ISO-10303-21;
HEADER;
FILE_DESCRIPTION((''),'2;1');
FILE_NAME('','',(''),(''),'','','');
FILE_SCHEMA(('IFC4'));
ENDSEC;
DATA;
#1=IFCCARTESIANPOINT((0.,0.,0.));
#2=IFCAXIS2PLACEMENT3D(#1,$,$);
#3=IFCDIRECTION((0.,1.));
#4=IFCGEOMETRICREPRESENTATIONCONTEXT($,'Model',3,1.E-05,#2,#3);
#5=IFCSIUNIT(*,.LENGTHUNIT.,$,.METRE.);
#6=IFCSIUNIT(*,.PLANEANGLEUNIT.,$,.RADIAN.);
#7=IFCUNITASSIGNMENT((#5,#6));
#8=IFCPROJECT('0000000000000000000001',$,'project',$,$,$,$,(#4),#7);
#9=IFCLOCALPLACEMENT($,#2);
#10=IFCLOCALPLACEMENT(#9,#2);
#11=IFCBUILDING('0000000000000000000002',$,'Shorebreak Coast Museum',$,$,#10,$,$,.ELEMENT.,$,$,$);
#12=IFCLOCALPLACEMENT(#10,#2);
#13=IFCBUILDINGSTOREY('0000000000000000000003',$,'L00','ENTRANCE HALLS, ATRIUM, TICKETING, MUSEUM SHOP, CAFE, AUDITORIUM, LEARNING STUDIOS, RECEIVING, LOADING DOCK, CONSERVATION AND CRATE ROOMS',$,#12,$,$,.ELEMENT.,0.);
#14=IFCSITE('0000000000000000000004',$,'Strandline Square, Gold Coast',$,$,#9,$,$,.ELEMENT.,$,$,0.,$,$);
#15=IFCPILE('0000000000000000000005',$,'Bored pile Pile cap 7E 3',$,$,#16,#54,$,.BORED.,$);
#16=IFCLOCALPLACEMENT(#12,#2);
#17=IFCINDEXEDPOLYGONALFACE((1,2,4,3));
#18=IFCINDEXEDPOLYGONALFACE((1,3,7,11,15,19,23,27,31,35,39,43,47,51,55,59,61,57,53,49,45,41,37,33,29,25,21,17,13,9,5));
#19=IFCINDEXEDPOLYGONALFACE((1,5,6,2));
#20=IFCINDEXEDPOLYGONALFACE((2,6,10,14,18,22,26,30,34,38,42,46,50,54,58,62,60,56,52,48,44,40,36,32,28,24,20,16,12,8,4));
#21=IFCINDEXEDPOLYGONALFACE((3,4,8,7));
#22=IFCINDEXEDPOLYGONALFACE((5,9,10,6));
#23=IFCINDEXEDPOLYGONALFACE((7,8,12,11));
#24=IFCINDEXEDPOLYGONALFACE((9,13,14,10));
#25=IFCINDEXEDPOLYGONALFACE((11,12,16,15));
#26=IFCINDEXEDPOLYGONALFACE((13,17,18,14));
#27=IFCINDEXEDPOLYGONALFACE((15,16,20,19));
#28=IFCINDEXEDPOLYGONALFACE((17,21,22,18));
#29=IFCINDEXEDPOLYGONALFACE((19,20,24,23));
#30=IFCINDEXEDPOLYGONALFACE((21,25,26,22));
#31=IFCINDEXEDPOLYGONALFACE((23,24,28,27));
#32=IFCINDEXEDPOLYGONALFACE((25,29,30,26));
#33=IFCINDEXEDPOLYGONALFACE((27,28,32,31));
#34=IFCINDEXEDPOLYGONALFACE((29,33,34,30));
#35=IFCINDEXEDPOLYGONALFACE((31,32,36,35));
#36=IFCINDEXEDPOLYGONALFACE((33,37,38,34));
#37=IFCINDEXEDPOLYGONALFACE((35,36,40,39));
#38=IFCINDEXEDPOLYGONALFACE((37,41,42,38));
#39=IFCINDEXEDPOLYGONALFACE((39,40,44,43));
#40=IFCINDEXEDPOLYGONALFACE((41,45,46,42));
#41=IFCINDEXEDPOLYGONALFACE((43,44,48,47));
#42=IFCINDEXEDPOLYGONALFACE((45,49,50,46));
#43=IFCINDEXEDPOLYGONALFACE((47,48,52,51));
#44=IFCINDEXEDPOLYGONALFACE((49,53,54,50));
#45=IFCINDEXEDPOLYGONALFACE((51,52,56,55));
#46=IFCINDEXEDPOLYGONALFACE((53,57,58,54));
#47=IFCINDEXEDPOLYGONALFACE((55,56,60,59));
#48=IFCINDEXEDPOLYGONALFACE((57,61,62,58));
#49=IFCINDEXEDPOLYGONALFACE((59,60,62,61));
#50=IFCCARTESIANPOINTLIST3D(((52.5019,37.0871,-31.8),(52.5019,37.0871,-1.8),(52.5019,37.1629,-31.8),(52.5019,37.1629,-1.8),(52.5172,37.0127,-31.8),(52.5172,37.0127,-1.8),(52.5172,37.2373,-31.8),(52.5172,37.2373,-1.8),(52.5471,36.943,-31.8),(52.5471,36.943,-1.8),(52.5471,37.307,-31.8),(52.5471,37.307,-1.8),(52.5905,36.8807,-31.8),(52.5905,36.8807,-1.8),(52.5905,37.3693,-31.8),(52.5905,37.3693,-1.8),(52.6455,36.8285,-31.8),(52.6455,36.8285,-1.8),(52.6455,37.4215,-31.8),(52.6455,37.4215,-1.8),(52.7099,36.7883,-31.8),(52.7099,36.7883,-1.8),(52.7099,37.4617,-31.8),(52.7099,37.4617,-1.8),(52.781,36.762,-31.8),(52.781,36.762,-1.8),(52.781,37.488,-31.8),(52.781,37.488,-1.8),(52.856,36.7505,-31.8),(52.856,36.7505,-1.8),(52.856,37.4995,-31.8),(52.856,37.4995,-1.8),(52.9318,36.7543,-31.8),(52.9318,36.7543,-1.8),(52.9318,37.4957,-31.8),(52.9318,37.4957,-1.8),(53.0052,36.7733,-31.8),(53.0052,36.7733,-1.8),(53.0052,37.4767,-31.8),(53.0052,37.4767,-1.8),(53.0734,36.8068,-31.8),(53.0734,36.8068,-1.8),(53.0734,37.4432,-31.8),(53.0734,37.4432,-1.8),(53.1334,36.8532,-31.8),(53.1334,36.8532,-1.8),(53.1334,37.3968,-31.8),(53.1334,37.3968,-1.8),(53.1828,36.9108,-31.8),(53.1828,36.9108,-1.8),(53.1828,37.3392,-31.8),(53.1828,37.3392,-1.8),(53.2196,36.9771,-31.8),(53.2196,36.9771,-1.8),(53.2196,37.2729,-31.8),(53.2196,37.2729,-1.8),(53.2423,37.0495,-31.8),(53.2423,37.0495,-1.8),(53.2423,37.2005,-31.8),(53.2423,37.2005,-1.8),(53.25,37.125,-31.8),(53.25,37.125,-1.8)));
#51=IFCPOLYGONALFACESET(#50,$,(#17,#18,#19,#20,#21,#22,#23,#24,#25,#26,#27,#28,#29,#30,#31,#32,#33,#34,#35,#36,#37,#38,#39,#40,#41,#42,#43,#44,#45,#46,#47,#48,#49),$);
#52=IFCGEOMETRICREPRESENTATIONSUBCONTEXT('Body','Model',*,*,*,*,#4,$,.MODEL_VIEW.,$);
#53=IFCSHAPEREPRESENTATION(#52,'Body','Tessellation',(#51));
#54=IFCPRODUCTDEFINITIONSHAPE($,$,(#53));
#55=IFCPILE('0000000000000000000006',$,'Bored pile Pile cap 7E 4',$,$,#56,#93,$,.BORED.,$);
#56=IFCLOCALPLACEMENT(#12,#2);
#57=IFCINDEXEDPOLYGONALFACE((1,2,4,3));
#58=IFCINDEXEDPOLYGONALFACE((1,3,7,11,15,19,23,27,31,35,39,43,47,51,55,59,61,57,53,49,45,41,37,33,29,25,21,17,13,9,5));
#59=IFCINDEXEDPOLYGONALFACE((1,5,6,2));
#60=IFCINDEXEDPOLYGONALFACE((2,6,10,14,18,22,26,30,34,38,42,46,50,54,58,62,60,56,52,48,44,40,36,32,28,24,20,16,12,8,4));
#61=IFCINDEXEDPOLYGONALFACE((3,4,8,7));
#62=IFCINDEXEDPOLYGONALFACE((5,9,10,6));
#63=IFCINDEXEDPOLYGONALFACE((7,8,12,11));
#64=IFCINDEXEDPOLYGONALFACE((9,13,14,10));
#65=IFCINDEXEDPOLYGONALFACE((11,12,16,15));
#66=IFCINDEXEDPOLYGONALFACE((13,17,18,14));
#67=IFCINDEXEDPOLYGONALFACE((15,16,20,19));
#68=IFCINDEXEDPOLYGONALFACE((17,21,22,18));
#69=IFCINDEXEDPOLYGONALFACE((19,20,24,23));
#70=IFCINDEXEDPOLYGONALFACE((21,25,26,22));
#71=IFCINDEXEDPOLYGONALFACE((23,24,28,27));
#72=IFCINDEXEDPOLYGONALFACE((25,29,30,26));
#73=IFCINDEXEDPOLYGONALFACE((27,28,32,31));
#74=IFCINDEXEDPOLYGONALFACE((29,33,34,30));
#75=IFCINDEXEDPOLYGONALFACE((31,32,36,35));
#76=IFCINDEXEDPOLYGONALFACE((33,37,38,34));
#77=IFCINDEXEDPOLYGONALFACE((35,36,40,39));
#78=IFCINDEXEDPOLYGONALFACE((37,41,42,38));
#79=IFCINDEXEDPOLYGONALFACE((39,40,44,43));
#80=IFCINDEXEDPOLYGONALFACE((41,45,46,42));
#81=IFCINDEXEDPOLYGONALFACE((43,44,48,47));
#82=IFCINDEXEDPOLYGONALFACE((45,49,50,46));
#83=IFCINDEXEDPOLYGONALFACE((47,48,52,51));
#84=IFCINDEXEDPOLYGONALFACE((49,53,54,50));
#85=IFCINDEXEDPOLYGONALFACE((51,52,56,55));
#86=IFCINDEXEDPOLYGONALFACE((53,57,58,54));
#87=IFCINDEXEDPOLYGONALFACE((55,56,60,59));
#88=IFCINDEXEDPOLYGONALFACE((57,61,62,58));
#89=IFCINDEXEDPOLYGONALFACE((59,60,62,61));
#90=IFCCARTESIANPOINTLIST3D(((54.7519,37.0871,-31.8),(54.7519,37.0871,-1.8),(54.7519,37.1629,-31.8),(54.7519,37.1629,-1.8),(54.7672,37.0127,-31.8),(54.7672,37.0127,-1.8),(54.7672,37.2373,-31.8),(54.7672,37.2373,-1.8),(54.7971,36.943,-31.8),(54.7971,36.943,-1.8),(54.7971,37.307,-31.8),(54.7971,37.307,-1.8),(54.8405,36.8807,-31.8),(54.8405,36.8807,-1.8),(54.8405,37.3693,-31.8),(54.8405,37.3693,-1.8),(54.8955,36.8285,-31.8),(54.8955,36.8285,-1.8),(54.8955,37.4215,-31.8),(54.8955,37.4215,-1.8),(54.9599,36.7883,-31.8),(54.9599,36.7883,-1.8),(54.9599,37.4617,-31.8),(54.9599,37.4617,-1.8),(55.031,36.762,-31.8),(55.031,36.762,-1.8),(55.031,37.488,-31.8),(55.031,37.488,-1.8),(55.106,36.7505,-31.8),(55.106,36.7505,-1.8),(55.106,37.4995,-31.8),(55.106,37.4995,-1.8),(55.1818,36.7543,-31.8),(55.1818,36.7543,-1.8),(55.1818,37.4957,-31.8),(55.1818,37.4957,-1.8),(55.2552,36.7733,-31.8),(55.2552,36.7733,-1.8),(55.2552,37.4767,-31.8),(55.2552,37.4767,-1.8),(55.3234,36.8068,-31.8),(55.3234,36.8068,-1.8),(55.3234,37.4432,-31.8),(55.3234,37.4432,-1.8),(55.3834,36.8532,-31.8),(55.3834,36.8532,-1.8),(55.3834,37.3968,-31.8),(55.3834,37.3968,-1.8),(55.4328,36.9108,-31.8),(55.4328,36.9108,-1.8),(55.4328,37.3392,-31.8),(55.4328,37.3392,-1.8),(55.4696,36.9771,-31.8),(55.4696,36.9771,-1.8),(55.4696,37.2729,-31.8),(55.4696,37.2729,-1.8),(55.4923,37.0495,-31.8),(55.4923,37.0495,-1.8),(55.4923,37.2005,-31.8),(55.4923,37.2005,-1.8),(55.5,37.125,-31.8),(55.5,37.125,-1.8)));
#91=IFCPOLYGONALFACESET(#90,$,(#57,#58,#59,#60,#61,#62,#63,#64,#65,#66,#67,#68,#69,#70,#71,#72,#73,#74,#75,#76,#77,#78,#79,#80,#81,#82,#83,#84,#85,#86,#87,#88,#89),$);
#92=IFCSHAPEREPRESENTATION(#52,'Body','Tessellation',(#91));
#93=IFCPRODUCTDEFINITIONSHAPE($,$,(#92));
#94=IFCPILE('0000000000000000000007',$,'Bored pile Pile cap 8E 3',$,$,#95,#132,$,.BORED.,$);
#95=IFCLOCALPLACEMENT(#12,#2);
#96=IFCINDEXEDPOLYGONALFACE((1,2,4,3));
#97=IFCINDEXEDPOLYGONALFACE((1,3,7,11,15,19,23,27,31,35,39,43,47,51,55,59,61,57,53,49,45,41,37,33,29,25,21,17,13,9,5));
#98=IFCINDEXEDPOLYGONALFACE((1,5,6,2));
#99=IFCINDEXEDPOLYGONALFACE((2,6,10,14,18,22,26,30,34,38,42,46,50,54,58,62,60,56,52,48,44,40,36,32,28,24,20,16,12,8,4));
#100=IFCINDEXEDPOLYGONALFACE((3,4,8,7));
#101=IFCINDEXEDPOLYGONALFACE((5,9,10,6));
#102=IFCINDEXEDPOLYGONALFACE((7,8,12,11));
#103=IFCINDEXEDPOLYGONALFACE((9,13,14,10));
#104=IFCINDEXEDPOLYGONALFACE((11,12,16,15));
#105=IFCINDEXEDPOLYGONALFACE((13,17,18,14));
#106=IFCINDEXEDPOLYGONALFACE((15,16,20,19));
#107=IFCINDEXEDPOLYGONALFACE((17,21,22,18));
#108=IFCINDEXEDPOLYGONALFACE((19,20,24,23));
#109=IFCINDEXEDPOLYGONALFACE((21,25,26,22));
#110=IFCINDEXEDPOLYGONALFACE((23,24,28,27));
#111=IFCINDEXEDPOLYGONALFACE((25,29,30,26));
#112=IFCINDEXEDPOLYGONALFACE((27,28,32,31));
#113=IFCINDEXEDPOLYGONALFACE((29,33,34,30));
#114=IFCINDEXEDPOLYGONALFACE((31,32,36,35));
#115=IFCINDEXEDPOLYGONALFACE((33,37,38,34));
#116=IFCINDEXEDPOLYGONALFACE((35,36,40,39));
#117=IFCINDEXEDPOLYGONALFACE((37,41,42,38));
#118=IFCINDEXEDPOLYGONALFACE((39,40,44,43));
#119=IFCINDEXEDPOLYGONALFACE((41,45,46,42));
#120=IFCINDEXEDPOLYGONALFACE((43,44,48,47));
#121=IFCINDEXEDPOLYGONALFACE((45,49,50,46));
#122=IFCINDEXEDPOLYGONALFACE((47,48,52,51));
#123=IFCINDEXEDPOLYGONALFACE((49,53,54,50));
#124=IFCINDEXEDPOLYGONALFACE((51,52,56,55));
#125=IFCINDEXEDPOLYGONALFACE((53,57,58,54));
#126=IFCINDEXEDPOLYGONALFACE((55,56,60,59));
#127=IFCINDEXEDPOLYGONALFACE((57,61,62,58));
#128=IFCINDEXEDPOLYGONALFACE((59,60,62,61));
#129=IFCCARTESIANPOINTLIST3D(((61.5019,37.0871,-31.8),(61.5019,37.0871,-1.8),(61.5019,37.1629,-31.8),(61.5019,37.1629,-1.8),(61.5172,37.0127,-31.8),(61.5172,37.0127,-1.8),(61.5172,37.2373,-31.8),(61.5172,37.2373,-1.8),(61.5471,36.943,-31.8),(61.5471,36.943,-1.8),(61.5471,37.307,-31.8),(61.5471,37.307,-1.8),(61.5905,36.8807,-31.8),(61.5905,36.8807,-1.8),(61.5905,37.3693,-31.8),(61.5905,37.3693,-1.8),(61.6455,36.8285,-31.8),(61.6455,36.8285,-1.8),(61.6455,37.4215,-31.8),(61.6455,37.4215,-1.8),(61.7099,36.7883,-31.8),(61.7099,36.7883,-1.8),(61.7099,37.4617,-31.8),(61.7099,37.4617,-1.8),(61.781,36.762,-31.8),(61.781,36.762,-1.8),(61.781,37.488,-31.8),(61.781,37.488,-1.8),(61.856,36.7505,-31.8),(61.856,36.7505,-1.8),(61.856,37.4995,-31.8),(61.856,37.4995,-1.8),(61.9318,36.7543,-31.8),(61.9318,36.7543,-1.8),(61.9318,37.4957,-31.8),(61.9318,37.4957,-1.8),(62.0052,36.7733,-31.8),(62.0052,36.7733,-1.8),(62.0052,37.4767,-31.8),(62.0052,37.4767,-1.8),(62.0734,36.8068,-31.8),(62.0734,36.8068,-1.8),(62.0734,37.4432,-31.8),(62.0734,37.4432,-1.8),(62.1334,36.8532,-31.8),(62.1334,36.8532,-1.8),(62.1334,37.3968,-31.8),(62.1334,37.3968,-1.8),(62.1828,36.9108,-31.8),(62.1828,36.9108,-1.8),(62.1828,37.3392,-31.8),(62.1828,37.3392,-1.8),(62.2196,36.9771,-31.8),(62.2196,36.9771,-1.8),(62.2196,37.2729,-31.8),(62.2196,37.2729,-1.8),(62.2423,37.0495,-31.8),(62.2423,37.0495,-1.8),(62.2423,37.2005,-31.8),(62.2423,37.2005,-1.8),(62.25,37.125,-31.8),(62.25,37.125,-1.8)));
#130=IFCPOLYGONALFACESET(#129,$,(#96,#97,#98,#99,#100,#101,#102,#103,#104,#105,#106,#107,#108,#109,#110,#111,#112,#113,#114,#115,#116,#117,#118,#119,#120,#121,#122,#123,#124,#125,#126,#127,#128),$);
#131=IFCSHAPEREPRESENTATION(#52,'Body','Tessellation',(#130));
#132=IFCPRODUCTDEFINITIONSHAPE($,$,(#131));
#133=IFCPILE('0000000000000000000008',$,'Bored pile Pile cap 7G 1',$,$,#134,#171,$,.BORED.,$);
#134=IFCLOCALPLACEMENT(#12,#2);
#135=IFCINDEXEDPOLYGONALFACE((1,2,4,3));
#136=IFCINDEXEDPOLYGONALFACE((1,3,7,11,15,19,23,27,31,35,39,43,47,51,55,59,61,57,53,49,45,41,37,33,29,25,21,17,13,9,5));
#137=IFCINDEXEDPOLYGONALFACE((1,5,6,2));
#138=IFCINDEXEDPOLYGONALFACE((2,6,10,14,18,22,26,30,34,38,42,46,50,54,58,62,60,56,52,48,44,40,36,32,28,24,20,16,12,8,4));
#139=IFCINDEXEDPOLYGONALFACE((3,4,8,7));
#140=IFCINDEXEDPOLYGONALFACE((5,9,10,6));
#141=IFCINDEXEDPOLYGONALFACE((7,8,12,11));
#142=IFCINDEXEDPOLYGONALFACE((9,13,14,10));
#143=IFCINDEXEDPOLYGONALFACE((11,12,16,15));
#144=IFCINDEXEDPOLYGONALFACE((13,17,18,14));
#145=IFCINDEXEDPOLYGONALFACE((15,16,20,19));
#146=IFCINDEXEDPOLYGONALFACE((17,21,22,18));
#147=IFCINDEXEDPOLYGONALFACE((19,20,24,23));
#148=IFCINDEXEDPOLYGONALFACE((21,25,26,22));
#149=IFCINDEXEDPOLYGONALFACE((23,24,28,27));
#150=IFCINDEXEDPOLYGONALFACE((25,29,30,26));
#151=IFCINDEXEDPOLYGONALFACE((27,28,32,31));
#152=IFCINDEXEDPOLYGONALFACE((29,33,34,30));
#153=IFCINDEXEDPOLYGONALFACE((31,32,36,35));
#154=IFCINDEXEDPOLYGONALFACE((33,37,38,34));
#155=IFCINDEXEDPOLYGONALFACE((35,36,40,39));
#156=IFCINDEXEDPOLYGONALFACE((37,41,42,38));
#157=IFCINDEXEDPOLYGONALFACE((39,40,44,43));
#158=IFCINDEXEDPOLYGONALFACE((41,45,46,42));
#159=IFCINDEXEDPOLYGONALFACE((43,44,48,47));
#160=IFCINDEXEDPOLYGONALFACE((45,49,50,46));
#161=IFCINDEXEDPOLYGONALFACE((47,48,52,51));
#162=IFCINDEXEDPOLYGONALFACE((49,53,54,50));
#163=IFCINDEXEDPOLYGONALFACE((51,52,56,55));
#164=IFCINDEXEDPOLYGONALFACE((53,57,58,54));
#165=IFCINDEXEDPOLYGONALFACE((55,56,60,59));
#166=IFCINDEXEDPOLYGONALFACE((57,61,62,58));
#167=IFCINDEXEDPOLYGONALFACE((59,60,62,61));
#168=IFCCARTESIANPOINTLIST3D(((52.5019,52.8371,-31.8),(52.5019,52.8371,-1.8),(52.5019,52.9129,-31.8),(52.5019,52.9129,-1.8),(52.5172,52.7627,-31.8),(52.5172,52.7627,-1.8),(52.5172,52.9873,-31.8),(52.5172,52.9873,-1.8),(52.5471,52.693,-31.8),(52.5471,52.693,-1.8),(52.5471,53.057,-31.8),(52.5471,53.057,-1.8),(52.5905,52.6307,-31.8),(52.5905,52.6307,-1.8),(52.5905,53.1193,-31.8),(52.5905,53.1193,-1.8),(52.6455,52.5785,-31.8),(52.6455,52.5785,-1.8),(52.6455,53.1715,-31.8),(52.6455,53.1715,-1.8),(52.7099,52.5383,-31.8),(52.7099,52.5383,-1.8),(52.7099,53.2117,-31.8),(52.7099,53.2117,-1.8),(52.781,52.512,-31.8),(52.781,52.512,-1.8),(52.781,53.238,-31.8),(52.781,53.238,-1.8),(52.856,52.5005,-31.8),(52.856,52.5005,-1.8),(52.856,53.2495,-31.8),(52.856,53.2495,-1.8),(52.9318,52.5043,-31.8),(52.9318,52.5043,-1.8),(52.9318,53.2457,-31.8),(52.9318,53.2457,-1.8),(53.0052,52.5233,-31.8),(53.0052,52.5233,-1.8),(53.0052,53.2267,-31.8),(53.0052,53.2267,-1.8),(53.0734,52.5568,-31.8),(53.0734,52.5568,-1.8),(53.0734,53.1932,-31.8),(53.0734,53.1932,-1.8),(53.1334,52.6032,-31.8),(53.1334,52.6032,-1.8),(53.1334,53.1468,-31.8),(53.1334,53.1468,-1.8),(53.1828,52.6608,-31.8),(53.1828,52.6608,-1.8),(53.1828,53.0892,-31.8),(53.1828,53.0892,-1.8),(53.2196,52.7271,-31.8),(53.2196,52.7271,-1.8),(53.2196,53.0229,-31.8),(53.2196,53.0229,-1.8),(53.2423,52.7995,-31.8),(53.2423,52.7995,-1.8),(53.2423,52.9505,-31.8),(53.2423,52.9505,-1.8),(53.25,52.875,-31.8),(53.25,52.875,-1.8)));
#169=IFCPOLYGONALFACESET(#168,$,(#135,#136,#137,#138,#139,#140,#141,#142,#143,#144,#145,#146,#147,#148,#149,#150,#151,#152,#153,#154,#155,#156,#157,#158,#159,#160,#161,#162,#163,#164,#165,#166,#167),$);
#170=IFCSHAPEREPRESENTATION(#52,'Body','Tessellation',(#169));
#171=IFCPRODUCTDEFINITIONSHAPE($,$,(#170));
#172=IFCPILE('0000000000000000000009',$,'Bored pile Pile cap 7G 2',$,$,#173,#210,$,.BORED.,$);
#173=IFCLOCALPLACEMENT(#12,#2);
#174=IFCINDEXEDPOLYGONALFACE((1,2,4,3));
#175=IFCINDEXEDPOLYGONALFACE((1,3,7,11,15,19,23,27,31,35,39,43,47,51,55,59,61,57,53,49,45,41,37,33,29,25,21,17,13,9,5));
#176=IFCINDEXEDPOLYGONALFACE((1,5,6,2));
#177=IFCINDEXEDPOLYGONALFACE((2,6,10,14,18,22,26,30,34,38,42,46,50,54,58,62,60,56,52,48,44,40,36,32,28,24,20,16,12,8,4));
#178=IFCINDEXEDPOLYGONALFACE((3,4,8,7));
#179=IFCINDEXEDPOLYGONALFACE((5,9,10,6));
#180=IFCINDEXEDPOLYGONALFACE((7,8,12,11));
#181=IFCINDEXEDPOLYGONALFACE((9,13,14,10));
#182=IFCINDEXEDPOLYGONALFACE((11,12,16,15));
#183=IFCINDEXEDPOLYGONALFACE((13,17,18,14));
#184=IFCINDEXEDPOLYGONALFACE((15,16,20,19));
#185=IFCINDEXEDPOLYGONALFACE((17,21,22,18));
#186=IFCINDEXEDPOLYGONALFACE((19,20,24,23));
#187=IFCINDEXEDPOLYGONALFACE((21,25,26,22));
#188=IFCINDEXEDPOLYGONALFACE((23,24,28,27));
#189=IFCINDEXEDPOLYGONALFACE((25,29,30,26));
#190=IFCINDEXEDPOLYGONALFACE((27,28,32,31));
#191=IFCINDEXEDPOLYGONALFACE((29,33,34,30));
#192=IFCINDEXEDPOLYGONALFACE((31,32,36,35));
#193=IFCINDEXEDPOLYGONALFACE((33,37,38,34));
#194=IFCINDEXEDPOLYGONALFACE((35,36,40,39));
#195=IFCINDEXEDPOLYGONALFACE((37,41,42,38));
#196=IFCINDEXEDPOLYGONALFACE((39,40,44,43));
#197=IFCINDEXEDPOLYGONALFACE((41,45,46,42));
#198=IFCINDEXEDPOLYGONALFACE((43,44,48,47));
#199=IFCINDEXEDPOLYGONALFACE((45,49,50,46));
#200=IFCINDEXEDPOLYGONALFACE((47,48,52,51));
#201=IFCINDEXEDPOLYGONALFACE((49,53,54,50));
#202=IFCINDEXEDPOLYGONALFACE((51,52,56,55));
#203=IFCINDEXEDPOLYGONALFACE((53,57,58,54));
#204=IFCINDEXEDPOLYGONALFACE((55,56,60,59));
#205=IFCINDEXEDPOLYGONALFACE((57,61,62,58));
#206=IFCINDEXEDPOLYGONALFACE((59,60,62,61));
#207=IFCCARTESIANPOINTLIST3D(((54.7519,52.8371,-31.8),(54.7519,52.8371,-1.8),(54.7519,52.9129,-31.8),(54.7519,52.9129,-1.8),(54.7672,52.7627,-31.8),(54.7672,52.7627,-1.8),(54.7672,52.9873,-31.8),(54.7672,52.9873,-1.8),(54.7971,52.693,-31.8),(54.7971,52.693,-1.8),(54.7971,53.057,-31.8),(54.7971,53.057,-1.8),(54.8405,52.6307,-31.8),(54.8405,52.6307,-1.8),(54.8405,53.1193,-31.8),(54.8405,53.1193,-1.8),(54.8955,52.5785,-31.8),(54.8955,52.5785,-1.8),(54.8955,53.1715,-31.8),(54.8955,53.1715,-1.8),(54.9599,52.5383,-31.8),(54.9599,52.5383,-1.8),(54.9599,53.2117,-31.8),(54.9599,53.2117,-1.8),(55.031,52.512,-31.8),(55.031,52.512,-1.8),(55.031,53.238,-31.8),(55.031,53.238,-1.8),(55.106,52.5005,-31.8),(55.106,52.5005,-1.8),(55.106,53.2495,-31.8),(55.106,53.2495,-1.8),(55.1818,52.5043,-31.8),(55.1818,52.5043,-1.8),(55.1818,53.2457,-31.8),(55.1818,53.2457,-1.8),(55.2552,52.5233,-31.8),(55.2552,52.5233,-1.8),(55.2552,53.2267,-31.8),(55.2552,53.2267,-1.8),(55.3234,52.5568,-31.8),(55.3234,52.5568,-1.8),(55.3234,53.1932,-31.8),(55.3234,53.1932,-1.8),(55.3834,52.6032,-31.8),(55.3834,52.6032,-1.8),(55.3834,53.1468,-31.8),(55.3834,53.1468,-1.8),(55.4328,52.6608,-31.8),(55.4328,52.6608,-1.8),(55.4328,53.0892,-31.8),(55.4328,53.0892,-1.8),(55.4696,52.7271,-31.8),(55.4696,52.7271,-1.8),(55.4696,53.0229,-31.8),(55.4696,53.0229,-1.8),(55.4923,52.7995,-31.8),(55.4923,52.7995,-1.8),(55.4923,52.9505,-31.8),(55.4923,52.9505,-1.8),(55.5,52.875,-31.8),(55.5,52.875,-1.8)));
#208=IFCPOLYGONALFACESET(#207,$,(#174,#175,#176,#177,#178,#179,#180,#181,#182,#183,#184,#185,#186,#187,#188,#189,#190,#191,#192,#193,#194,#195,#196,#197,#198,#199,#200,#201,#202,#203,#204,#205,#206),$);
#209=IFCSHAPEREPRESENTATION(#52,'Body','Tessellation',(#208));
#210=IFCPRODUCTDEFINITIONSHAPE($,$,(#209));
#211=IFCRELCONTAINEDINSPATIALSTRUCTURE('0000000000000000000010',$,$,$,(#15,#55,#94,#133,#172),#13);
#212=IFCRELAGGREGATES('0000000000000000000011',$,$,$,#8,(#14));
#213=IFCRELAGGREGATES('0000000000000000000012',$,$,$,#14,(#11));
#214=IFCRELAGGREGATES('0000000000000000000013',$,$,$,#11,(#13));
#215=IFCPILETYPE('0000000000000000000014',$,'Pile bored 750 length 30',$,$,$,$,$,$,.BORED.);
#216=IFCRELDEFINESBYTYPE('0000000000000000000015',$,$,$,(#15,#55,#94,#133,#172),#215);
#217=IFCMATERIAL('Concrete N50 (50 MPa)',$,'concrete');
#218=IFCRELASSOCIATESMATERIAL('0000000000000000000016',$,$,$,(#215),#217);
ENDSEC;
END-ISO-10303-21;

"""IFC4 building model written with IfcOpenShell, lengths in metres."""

from ifc_helpers import new_model, si_unit, direction, frame, origin, origin_2d, place, context, subcontext, project, spatial, circle, extrude, material, material_profile, profile_set, type_object, element, save


model = new_model("IFC4")

# Units and contexts
model_context = context("Model", 3, precision=1e-05, world=origin(), true_north=direction((0.0, 1.0)))
body_context = subcontext(model_context, "Body", "Model", "MODEL_VIEW")
ifc_project = project(units=[si_unit("LENGTHUNIT", "METRE"), si_unit("PLANEANGLEUNIT", "RADIAN")], contexts=[model_context])

# Site, building, storey
site_placement = place(None, origin())
site = spatial("IfcSite", under=ifc_project, at=site_placement, Name="Strandline Square, Gold Coast", CompositionType="ELEMENT", RefElevation=0.0)
building_placement = place(site_placement, origin())
building = spatial("IfcBuilding", under=site, at=building_placement, Name="Shorebreak Coast Museum", CompositionType="ELEMENT")
storey_placement = place(building_placement, origin())
storey = spatial("IfcBuildingStorey", under=building, at=storey_placement, Name="L00", Description="ENTRANCE HALLS, ATRIUM, TICKETING, MUSEUM SHOP, CAFE, AUDITORIUM, LEARNING STUDIOS, RECEIVING, LOADING DOCK, CONSERVATION AND CRATE ROOMS", CompositionType="ELEMENT", Elevation=0.0)

# Piles
ifc_material_1 = material(Name="Concrete N50 (50 MPa)", Category="concrete")
ifc_material_profile_1 = material_profile(ifc_material_1, circle(Radius=0.375, at=origin_2d()), Name="Pile bored 750 length 30")
ifc_profile_set_1 = profile_set([ifc_material_profile_1], Name="Concrete N50 (50 MPa)")
pile_type_1 = type_object("IfcPileType", Name="Pile bored 750 length 30", PredefinedType="BORED", material=ifc_profile_set_1)
for number, where, z_axis, x_axis, name in (
    (1, (52.875, 37.125, -1.8), (0.0, 0.0, -1.0), (1.0, 0.0, 0.0), "Bored pile Pile cap 7E 3"),
    (2, (55.125, 37.125, -1.8), (0.0, 0.0, -1.0), (1.0, 0.0, 0.0), "Bored pile Pile cap 7E 4"),
    (3, (61.875, 37.125, -1.8), (0.0, 0.0, -1.0), (1.0, 0.0, 0.0), "Bored pile Pile cap 8E 3"),
    (4, (52.875, 52.875, -1.8), (0.0, 0.0, -1.0), (1.0, 0.0, 0.0), "Bored pile Pile cap 7G 1"),
    (5, (55.125, 52.875, -1.8), (0.0, 0.0, -1.0), (1.0, 0.0, 0.0), "Bored pile Pile cap 7G 2"),
):
    element("IfcPile", number, at=place(storey_placement, frame(where, z_axis=z_axis, x_axis=x_axis)), inside=storey, type_object=pile_type_1, Name=name, PredefinedType="BORED", context=body_context, shape_type="SweptSolid", body=[
        extrude(circle(Radius=0.375, at=origin_2d()), origin(), (0.0, 0.0, 1.0), 30.0),
    ])

save(model, "model.ifc")
